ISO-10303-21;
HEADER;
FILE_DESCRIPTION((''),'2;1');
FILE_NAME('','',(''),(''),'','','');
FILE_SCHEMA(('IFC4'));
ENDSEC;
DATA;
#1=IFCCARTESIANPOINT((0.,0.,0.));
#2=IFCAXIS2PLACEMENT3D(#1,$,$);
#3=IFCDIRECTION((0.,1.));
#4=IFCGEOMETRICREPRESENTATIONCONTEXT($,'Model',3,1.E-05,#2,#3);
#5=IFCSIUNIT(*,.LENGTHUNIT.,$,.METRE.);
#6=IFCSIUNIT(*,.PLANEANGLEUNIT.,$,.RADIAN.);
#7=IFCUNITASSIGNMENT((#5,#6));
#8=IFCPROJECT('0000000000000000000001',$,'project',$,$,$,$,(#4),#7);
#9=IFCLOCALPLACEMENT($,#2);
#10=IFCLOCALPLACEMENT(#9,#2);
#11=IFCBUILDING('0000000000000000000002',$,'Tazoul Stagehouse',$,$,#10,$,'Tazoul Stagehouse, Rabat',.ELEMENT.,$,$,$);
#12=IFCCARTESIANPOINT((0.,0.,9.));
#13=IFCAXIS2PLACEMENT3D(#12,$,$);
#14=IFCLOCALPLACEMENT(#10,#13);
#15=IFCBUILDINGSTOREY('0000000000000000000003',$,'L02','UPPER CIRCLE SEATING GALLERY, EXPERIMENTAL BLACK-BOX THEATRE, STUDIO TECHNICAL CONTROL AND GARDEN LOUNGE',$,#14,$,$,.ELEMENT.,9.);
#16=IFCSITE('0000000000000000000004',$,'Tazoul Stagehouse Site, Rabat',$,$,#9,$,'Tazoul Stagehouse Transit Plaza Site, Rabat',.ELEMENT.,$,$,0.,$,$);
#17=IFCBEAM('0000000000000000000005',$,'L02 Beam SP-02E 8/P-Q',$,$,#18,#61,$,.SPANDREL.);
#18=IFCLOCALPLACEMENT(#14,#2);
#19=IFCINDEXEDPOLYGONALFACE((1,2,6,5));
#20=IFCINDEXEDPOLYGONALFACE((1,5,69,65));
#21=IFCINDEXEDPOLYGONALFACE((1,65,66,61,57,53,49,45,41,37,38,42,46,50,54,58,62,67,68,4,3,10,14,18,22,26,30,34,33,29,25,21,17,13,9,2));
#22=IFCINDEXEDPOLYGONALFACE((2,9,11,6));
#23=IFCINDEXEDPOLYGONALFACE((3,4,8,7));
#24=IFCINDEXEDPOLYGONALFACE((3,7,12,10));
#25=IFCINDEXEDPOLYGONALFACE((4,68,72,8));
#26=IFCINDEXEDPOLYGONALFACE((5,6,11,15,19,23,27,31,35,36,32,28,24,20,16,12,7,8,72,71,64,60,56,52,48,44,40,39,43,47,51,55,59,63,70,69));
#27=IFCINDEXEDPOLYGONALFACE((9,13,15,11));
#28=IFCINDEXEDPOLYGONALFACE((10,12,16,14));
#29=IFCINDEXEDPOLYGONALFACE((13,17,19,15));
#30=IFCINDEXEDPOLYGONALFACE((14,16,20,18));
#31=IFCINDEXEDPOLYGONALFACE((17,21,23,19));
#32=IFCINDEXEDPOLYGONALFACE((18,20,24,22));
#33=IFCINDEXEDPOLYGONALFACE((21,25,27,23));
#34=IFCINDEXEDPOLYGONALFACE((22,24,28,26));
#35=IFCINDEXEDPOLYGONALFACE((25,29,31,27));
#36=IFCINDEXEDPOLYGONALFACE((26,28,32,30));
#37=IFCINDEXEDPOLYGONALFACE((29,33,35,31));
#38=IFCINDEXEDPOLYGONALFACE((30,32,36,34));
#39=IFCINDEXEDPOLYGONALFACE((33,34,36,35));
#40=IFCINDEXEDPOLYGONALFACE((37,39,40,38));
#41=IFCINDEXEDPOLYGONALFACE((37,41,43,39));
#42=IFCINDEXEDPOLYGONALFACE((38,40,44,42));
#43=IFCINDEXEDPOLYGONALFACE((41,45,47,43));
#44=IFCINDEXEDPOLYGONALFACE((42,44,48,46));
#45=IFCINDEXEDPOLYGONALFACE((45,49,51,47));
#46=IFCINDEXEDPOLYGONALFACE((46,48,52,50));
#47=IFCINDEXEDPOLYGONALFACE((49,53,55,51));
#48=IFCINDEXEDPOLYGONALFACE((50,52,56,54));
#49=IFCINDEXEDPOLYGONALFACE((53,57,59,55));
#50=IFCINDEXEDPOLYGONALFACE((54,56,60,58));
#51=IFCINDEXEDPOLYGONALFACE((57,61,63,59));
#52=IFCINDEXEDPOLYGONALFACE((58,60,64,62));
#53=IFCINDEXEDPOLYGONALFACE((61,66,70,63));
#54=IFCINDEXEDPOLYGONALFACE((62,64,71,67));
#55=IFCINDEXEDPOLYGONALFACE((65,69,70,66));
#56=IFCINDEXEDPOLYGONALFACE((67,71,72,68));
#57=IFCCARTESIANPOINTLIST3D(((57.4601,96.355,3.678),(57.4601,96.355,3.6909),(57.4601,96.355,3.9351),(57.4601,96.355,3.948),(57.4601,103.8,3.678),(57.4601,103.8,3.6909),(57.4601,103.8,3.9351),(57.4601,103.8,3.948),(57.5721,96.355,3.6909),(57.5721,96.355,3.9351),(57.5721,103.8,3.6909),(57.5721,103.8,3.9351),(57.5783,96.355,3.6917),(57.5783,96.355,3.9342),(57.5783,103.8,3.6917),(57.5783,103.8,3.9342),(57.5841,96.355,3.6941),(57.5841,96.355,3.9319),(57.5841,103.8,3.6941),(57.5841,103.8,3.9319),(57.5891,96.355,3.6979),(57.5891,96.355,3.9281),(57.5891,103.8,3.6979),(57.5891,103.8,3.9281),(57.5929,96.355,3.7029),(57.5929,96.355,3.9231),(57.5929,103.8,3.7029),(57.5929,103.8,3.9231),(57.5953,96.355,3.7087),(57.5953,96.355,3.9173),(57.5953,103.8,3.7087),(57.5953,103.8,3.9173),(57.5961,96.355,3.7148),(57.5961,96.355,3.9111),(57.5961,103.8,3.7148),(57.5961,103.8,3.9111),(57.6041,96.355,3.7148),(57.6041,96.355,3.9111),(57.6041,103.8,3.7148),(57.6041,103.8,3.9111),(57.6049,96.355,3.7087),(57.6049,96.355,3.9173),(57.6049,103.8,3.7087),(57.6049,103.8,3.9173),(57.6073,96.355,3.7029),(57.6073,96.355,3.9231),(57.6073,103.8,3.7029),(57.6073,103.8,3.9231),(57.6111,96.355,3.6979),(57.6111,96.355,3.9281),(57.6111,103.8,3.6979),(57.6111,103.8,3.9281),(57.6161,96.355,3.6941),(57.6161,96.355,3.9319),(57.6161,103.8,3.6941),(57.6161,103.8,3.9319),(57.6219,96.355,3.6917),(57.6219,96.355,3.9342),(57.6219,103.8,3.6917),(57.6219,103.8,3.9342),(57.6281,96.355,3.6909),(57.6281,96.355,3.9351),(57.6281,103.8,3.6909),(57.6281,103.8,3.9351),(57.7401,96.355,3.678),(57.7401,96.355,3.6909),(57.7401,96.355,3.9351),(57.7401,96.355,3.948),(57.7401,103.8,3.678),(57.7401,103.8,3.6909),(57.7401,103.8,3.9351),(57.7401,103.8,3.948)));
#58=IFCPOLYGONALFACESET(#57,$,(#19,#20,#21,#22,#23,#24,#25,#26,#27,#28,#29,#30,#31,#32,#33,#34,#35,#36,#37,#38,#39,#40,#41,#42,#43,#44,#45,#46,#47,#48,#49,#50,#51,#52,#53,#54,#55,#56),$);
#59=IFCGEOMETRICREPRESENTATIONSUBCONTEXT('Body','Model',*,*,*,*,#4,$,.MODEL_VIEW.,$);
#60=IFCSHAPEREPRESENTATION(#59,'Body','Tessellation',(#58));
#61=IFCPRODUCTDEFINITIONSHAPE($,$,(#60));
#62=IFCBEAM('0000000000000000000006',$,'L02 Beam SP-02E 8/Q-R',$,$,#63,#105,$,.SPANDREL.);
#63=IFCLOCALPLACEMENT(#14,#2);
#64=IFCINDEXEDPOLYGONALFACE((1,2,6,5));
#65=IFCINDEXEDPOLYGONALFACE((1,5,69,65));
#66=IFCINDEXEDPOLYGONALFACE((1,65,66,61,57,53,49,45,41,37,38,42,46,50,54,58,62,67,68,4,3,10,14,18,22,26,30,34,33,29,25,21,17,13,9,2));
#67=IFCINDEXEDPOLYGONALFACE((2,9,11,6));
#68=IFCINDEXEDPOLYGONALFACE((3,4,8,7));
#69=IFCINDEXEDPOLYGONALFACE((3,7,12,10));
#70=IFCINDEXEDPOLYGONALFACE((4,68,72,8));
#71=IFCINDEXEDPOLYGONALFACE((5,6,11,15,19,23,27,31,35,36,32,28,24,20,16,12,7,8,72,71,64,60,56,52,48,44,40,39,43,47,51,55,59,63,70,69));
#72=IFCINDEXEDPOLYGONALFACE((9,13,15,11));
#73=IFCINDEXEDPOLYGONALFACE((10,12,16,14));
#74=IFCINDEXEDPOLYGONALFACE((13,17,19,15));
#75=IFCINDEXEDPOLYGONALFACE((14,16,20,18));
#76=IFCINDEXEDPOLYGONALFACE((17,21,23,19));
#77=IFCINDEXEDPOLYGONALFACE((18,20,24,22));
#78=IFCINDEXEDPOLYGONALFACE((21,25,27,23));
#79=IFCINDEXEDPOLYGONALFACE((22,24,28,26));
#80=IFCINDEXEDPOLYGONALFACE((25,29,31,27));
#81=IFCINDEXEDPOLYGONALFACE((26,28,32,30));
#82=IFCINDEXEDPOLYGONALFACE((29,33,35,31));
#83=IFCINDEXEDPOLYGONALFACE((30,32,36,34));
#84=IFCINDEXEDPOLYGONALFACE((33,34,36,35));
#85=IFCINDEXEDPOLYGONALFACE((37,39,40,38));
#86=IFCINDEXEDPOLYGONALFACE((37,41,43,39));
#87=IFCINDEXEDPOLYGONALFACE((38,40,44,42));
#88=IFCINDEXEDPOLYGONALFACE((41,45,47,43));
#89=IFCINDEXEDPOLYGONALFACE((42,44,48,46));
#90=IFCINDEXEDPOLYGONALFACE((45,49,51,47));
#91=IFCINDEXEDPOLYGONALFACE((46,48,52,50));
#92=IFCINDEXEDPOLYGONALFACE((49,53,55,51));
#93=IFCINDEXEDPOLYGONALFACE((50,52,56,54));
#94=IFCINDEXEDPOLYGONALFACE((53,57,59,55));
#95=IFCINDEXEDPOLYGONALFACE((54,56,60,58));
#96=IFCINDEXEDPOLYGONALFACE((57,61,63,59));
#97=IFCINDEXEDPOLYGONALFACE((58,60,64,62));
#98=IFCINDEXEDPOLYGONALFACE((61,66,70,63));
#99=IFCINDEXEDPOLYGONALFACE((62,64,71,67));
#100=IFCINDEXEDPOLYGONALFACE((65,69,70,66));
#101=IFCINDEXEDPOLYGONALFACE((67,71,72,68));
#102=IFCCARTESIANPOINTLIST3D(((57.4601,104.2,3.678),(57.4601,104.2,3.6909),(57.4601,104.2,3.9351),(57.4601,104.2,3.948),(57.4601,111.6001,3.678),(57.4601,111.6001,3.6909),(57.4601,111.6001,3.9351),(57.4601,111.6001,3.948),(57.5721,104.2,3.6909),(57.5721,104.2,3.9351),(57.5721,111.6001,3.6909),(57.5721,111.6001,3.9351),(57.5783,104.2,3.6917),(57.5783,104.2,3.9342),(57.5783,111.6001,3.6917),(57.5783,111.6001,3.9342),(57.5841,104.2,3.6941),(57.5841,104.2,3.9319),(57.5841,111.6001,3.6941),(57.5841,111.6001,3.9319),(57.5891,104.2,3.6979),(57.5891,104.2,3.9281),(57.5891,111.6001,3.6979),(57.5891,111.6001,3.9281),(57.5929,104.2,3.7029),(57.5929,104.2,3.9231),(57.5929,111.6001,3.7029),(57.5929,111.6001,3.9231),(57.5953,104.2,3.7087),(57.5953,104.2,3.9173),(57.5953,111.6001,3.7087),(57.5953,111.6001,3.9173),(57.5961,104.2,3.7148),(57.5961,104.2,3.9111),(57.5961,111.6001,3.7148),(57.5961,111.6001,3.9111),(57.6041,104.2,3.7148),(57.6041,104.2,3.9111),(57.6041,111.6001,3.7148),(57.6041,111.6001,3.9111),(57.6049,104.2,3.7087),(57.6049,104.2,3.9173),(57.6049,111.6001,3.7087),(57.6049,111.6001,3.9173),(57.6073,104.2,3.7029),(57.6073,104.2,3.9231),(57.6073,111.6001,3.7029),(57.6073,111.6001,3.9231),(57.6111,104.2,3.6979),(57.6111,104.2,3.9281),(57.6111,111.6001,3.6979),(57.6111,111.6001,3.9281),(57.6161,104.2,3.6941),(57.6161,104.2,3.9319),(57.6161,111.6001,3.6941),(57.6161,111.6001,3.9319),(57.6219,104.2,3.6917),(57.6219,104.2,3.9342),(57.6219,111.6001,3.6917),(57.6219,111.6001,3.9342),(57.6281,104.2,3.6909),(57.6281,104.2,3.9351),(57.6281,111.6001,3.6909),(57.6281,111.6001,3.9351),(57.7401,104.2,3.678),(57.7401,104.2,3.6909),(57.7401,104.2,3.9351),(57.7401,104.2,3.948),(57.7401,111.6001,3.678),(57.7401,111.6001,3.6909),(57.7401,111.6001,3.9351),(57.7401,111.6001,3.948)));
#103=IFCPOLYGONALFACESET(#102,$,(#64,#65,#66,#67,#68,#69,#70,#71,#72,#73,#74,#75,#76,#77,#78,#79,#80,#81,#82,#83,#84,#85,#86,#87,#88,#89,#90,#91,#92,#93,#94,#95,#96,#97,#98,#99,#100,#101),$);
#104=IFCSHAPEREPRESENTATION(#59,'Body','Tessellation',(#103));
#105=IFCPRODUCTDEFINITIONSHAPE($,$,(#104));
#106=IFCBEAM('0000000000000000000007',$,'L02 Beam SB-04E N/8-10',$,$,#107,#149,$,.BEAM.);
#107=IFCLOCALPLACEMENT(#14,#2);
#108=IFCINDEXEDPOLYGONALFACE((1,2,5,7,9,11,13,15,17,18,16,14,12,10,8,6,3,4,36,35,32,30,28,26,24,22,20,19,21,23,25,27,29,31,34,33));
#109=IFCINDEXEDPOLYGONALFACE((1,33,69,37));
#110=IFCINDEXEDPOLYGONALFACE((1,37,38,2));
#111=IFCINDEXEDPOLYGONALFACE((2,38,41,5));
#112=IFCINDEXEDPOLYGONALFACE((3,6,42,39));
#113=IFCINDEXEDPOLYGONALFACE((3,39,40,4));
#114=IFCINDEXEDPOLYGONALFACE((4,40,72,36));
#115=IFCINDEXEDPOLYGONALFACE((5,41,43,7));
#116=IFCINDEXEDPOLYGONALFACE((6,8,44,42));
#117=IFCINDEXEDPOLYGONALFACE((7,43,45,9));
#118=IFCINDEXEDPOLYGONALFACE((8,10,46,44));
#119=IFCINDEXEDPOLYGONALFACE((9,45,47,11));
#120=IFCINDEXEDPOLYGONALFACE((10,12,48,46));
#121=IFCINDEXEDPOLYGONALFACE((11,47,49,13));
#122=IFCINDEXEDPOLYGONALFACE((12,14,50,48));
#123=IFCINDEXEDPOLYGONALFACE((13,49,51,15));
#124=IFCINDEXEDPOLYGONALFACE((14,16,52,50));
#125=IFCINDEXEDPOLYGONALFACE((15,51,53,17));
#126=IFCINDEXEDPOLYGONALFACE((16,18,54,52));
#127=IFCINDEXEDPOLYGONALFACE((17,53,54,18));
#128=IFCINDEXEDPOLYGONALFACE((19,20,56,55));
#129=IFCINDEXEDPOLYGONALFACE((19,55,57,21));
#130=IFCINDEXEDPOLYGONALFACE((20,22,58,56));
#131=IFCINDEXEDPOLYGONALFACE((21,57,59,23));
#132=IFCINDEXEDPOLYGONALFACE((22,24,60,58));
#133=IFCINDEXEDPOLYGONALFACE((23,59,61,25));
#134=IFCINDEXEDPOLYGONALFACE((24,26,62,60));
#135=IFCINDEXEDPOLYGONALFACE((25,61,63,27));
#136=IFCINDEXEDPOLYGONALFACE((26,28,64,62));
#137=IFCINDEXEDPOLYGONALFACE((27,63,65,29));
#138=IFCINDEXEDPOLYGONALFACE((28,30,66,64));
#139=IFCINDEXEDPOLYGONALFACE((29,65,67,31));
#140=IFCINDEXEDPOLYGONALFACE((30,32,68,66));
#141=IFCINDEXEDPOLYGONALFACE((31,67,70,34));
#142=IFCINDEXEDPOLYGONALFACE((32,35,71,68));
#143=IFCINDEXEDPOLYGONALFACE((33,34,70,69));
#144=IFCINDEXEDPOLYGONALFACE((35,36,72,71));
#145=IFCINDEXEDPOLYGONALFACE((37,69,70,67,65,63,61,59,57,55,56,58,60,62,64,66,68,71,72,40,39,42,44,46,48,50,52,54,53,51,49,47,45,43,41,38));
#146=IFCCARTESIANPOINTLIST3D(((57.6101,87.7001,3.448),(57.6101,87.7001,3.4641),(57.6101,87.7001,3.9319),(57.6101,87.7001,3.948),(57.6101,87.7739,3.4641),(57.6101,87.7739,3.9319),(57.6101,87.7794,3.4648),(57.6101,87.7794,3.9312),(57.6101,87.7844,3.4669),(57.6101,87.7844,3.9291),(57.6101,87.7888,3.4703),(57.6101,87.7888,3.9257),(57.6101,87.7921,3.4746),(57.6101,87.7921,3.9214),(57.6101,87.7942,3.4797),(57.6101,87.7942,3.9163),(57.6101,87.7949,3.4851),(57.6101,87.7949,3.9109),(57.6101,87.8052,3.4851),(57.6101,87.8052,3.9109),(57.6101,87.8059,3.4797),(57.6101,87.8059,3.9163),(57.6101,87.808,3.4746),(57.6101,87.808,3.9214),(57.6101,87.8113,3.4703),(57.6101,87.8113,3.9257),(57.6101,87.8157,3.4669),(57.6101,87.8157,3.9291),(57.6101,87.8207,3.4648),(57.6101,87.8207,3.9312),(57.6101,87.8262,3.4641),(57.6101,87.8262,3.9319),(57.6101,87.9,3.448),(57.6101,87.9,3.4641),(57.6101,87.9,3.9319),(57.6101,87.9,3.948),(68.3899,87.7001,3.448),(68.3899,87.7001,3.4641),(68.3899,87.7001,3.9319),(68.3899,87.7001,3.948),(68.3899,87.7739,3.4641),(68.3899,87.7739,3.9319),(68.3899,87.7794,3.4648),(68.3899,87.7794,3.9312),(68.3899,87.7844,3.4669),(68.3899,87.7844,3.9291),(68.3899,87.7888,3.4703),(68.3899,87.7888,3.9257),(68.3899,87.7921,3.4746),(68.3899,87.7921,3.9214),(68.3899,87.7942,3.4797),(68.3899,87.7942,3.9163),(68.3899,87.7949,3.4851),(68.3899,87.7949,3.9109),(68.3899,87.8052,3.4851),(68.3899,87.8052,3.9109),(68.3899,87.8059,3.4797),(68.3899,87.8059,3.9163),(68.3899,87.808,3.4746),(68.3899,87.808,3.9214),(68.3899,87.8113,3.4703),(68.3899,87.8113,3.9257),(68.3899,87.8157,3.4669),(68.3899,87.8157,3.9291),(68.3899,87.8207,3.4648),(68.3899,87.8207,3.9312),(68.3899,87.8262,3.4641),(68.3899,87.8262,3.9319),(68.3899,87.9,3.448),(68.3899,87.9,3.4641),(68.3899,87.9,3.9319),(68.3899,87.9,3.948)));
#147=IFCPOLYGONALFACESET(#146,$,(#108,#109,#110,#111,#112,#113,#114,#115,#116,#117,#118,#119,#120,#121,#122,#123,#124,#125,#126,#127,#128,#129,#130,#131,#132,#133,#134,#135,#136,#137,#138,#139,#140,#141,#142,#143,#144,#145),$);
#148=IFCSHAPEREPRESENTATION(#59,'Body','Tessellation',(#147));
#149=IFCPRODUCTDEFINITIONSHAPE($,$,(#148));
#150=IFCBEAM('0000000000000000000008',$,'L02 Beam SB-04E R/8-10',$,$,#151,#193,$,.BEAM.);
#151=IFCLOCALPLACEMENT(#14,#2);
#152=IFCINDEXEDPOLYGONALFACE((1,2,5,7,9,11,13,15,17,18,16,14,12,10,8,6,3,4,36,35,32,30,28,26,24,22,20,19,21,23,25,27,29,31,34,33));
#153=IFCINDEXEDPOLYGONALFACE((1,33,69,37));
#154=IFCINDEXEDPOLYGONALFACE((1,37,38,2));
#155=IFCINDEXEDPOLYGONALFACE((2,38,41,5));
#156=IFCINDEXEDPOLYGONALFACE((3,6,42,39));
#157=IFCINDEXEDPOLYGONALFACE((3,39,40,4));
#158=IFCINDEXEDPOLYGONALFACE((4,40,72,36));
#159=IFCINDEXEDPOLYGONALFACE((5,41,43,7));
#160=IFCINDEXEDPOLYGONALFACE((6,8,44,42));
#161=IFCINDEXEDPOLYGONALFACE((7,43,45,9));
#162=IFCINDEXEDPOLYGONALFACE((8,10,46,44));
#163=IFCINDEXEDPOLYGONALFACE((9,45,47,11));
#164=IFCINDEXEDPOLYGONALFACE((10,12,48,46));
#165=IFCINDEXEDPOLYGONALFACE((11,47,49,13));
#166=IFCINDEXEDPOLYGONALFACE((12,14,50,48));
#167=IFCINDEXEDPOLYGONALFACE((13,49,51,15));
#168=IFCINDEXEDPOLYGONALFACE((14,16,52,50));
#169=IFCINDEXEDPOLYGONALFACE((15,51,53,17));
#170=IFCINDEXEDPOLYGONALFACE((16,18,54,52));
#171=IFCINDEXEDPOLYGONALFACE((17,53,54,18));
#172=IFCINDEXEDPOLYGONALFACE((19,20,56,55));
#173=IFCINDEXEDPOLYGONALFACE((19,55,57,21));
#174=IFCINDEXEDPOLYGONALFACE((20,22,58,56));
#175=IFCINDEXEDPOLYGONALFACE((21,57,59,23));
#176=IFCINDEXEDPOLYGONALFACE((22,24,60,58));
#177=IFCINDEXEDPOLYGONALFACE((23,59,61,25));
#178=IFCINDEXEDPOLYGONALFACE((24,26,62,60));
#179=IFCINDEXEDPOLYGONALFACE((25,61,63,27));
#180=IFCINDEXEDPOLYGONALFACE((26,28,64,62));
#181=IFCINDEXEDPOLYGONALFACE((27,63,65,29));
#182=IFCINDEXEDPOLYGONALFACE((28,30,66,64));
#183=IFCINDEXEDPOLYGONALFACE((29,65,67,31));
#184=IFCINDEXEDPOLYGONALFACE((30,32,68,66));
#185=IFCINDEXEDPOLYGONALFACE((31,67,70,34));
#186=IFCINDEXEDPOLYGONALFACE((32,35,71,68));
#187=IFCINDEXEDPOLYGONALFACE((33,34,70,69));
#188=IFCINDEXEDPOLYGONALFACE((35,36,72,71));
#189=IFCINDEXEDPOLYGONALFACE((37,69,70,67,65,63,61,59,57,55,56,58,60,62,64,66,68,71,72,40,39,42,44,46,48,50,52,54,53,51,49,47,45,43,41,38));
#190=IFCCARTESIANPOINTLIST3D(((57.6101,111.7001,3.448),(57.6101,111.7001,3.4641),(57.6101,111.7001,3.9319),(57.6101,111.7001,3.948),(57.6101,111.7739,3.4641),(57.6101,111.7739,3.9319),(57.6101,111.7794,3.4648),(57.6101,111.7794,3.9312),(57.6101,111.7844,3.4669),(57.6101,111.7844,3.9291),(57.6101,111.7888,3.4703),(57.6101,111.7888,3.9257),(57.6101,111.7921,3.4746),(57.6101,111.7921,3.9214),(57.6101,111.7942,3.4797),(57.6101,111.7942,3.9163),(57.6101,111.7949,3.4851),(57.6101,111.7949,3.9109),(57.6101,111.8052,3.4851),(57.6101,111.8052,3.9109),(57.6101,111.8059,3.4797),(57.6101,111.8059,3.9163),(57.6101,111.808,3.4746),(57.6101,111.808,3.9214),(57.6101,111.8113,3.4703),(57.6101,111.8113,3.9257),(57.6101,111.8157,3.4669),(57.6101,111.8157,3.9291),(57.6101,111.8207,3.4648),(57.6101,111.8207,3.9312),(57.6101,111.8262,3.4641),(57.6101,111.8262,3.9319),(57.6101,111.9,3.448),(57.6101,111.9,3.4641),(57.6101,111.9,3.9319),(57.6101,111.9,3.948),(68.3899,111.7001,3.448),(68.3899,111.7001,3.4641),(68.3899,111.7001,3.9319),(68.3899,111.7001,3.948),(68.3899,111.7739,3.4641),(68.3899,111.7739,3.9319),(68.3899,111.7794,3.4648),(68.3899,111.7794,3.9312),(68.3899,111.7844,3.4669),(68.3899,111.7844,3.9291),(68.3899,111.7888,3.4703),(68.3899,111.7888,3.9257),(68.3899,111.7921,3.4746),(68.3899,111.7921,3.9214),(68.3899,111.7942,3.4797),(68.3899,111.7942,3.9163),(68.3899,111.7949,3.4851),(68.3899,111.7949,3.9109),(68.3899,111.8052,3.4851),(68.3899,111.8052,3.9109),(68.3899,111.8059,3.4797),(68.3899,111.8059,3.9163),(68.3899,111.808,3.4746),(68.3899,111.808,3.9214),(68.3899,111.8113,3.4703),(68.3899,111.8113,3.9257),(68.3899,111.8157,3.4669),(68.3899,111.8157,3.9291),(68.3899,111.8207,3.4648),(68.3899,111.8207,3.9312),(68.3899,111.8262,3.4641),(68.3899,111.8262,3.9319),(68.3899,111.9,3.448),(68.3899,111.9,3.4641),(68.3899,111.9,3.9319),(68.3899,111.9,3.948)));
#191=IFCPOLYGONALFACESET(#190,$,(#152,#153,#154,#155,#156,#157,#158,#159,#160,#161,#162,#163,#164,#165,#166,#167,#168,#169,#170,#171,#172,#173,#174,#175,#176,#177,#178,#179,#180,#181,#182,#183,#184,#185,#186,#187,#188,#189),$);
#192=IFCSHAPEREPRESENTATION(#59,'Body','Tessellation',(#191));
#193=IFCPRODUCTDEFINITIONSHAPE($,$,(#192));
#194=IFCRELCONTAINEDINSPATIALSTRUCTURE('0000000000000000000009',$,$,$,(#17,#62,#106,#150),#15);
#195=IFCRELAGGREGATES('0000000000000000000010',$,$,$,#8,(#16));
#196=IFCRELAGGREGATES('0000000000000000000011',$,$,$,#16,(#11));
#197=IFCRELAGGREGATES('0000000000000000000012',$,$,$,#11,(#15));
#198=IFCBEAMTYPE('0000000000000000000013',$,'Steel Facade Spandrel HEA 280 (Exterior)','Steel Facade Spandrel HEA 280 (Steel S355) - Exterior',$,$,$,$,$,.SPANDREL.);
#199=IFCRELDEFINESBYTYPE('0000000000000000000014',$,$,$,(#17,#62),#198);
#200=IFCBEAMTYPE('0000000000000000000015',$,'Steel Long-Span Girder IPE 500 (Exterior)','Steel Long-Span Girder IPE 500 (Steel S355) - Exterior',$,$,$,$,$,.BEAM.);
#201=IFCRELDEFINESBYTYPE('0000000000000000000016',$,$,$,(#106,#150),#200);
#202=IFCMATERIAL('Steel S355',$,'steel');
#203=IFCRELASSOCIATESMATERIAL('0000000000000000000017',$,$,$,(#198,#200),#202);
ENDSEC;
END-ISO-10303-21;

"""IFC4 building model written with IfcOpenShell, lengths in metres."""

from ifc_helpers import new_model, si_unit, direction, frame, origin, origin_2d, place, context, subcontext, project, spatial, i_section, extrude, material, material_profile, profile_set, type_object, element, save


model = new_model("IFC4")

# Units and contexts
model_context = context("Model", 3, precision=1e-05, world=origin(), true_north=direction((0.0, 1.0)))
body_context = subcontext(model_context, "Body", "Model", "MODEL_VIEW")
ifc_project = project(units=[si_unit("LENGTHUNIT", "METRE"), si_unit("PLANEANGLEUNIT", "RADIAN")], contexts=[model_context])

# Site, building, storey
site_placement = place(None, origin())
site = spatial("IfcSite", under=ifc_project, at=site_placement, Name="Tazoul Stagehouse Site, Rabat", LongName="Tazoul Stagehouse Transit Plaza Site, Rabat", CompositionType="ELEMENT", RefElevation=0.0)
building_placement = place(site_placement, origin())
building = spatial("IfcBuilding", under=site, at=building_placement, Name="Tazoul Stagehouse", LongName="Tazoul Stagehouse, Rabat", CompositionType="ELEMENT")
storey_placement = place(building_placement, frame((0.0, 0.0, 9.0)))
storey = spatial("IfcBuildingStorey", under=building, at=storey_placement, Name="L02", Description="UPPER CIRCLE SEATING GALLERY, EXPERIMENTAL BLACK-BOX THEATRE, STUDIO TECHNICAL CONTROL AND GARDEN LOUNGE", CompositionType="ELEMENT", Elevation=9.0)

# Shared definitions
ifc_material_1 = material(Name="Steel S355", Category="steel")

# Beams
ifc_material_profile_1 = material_profile(ifc_material_1, i_section(OverallWidth=0.28, OverallDepth=0.27, WebThickness=0.0081, FlangeThickness=0.0129, FilletRadius=0.0239, at=origin_2d()), Name="HEA 280")
ifc_profile_set_1 = profile_set([ifc_material_profile_1], Name="Steel S355")
beam_type_1 = type_object("IfcBeamType", Name="Steel Facade Spandrel HEA 280 (Exterior)", Description="Steel Facade Spandrel HEA 280 (Steel S355) - Exterior", PredefinedType="SPANDREL", material=ifc_profile_set_1)
beam_1_placement = place(storey_placement, frame((57.6001, 96.355, 3.813), z_axis=(0.0, 1.0, 0.0), x_axis=(-1.0, 0.0, 0.0)))
element("IfcBeam", 1, at=beam_1_placement, inside=storey, type_object=beam_type_1, Name="L02 Beam SP-02E 8/P-Q", PredefinedType="SPANDREL", context=body_context, shape_type="SweptSolid", body=[
    extrude(i_section(OverallWidth=0.28, OverallDepth=0.27, WebThickness=0.0081, FlangeThickness=0.0129, FilletRadius=0.0239, at=origin_2d()), origin(), (0.0, 0.0, 1.0), 7.4451),
])
beam_2_placement = place(storey_placement, frame((57.6001, 104.2, 3.813), z_axis=(0.0, 1.0, 0.0), x_axis=(-1.0, 0.0, 0.0)))
element("IfcBeam", 2, at=beam_2_placement, inside=storey, type_object=beam_type_1, Name="L02 Beam SP-02E 8/Q-R", PredefinedType="SPANDREL", context=body_context, shape_type="SweptSolid", body=[
    extrude(i_section(OverallWidth=0.28, OverallDepth=0.27, WebThickness=0.0081, FlangeThickness=0.0129, FilletRadius=0.0239, at=origin_2d()), origin(), (0.0, 0.0, 1.0), 7.4001),
])
ifc_material_profile_2 = material_profile(ifc_material_1, i_section(OverallWidth=0.2, OverallDepth=0.5, WebThickness=0.0103, FlangeThickness=0.0161, FilletRadius=0.021, at=origin_2d()), Name="IPE 500")
ifc_profile_set_2 = profile_set([ifc_material_profile_2], Name="Steel S355")
beam_type_2 = type_object("IfcBeamType", Name="Steel Long-Span Girder IPE 500 (Exterior)", Description="Steel Long-Span Girder IPE 500 (Steel S355) - Exterior", PredefinedType="BEAM", material=ifc_profile_set_2)
for number, where, z_axis, x_axis, name in (
    (3, (57.6101, 87.8, 3.698), (1.0, 0.0, 0.0), (0.0, 1.0, 0.0), "L02 Beam SB-04E N/8-10"),
    (4, (57.6101, 111.8, 3.698), (1.0, 0.0, 0.0), (0.0, 1.0, 0.0), "L02 Beam SB-04E R/8-10"),
):
    element("IfcBeam", number, at=place(storey_placement, frame(where, z_axis=z_axis, x_axis=x_axis)), inside=storey, type_object=beam_type_2, Name=name, PredefinedType="BEAM", context=body_context, shape_type="SweptSolid", body=[
        extrude(i_section(OverallWidth=0.2, OverallDepth=0.5, WebThickness=0.0103, FlangeThickness=0.0161, FilletRadius=0.021, at=origin_2d()), origin(), (0.0, 0.0, 1.0), 10.7798),
    ])

save(model, "model.ifc")
